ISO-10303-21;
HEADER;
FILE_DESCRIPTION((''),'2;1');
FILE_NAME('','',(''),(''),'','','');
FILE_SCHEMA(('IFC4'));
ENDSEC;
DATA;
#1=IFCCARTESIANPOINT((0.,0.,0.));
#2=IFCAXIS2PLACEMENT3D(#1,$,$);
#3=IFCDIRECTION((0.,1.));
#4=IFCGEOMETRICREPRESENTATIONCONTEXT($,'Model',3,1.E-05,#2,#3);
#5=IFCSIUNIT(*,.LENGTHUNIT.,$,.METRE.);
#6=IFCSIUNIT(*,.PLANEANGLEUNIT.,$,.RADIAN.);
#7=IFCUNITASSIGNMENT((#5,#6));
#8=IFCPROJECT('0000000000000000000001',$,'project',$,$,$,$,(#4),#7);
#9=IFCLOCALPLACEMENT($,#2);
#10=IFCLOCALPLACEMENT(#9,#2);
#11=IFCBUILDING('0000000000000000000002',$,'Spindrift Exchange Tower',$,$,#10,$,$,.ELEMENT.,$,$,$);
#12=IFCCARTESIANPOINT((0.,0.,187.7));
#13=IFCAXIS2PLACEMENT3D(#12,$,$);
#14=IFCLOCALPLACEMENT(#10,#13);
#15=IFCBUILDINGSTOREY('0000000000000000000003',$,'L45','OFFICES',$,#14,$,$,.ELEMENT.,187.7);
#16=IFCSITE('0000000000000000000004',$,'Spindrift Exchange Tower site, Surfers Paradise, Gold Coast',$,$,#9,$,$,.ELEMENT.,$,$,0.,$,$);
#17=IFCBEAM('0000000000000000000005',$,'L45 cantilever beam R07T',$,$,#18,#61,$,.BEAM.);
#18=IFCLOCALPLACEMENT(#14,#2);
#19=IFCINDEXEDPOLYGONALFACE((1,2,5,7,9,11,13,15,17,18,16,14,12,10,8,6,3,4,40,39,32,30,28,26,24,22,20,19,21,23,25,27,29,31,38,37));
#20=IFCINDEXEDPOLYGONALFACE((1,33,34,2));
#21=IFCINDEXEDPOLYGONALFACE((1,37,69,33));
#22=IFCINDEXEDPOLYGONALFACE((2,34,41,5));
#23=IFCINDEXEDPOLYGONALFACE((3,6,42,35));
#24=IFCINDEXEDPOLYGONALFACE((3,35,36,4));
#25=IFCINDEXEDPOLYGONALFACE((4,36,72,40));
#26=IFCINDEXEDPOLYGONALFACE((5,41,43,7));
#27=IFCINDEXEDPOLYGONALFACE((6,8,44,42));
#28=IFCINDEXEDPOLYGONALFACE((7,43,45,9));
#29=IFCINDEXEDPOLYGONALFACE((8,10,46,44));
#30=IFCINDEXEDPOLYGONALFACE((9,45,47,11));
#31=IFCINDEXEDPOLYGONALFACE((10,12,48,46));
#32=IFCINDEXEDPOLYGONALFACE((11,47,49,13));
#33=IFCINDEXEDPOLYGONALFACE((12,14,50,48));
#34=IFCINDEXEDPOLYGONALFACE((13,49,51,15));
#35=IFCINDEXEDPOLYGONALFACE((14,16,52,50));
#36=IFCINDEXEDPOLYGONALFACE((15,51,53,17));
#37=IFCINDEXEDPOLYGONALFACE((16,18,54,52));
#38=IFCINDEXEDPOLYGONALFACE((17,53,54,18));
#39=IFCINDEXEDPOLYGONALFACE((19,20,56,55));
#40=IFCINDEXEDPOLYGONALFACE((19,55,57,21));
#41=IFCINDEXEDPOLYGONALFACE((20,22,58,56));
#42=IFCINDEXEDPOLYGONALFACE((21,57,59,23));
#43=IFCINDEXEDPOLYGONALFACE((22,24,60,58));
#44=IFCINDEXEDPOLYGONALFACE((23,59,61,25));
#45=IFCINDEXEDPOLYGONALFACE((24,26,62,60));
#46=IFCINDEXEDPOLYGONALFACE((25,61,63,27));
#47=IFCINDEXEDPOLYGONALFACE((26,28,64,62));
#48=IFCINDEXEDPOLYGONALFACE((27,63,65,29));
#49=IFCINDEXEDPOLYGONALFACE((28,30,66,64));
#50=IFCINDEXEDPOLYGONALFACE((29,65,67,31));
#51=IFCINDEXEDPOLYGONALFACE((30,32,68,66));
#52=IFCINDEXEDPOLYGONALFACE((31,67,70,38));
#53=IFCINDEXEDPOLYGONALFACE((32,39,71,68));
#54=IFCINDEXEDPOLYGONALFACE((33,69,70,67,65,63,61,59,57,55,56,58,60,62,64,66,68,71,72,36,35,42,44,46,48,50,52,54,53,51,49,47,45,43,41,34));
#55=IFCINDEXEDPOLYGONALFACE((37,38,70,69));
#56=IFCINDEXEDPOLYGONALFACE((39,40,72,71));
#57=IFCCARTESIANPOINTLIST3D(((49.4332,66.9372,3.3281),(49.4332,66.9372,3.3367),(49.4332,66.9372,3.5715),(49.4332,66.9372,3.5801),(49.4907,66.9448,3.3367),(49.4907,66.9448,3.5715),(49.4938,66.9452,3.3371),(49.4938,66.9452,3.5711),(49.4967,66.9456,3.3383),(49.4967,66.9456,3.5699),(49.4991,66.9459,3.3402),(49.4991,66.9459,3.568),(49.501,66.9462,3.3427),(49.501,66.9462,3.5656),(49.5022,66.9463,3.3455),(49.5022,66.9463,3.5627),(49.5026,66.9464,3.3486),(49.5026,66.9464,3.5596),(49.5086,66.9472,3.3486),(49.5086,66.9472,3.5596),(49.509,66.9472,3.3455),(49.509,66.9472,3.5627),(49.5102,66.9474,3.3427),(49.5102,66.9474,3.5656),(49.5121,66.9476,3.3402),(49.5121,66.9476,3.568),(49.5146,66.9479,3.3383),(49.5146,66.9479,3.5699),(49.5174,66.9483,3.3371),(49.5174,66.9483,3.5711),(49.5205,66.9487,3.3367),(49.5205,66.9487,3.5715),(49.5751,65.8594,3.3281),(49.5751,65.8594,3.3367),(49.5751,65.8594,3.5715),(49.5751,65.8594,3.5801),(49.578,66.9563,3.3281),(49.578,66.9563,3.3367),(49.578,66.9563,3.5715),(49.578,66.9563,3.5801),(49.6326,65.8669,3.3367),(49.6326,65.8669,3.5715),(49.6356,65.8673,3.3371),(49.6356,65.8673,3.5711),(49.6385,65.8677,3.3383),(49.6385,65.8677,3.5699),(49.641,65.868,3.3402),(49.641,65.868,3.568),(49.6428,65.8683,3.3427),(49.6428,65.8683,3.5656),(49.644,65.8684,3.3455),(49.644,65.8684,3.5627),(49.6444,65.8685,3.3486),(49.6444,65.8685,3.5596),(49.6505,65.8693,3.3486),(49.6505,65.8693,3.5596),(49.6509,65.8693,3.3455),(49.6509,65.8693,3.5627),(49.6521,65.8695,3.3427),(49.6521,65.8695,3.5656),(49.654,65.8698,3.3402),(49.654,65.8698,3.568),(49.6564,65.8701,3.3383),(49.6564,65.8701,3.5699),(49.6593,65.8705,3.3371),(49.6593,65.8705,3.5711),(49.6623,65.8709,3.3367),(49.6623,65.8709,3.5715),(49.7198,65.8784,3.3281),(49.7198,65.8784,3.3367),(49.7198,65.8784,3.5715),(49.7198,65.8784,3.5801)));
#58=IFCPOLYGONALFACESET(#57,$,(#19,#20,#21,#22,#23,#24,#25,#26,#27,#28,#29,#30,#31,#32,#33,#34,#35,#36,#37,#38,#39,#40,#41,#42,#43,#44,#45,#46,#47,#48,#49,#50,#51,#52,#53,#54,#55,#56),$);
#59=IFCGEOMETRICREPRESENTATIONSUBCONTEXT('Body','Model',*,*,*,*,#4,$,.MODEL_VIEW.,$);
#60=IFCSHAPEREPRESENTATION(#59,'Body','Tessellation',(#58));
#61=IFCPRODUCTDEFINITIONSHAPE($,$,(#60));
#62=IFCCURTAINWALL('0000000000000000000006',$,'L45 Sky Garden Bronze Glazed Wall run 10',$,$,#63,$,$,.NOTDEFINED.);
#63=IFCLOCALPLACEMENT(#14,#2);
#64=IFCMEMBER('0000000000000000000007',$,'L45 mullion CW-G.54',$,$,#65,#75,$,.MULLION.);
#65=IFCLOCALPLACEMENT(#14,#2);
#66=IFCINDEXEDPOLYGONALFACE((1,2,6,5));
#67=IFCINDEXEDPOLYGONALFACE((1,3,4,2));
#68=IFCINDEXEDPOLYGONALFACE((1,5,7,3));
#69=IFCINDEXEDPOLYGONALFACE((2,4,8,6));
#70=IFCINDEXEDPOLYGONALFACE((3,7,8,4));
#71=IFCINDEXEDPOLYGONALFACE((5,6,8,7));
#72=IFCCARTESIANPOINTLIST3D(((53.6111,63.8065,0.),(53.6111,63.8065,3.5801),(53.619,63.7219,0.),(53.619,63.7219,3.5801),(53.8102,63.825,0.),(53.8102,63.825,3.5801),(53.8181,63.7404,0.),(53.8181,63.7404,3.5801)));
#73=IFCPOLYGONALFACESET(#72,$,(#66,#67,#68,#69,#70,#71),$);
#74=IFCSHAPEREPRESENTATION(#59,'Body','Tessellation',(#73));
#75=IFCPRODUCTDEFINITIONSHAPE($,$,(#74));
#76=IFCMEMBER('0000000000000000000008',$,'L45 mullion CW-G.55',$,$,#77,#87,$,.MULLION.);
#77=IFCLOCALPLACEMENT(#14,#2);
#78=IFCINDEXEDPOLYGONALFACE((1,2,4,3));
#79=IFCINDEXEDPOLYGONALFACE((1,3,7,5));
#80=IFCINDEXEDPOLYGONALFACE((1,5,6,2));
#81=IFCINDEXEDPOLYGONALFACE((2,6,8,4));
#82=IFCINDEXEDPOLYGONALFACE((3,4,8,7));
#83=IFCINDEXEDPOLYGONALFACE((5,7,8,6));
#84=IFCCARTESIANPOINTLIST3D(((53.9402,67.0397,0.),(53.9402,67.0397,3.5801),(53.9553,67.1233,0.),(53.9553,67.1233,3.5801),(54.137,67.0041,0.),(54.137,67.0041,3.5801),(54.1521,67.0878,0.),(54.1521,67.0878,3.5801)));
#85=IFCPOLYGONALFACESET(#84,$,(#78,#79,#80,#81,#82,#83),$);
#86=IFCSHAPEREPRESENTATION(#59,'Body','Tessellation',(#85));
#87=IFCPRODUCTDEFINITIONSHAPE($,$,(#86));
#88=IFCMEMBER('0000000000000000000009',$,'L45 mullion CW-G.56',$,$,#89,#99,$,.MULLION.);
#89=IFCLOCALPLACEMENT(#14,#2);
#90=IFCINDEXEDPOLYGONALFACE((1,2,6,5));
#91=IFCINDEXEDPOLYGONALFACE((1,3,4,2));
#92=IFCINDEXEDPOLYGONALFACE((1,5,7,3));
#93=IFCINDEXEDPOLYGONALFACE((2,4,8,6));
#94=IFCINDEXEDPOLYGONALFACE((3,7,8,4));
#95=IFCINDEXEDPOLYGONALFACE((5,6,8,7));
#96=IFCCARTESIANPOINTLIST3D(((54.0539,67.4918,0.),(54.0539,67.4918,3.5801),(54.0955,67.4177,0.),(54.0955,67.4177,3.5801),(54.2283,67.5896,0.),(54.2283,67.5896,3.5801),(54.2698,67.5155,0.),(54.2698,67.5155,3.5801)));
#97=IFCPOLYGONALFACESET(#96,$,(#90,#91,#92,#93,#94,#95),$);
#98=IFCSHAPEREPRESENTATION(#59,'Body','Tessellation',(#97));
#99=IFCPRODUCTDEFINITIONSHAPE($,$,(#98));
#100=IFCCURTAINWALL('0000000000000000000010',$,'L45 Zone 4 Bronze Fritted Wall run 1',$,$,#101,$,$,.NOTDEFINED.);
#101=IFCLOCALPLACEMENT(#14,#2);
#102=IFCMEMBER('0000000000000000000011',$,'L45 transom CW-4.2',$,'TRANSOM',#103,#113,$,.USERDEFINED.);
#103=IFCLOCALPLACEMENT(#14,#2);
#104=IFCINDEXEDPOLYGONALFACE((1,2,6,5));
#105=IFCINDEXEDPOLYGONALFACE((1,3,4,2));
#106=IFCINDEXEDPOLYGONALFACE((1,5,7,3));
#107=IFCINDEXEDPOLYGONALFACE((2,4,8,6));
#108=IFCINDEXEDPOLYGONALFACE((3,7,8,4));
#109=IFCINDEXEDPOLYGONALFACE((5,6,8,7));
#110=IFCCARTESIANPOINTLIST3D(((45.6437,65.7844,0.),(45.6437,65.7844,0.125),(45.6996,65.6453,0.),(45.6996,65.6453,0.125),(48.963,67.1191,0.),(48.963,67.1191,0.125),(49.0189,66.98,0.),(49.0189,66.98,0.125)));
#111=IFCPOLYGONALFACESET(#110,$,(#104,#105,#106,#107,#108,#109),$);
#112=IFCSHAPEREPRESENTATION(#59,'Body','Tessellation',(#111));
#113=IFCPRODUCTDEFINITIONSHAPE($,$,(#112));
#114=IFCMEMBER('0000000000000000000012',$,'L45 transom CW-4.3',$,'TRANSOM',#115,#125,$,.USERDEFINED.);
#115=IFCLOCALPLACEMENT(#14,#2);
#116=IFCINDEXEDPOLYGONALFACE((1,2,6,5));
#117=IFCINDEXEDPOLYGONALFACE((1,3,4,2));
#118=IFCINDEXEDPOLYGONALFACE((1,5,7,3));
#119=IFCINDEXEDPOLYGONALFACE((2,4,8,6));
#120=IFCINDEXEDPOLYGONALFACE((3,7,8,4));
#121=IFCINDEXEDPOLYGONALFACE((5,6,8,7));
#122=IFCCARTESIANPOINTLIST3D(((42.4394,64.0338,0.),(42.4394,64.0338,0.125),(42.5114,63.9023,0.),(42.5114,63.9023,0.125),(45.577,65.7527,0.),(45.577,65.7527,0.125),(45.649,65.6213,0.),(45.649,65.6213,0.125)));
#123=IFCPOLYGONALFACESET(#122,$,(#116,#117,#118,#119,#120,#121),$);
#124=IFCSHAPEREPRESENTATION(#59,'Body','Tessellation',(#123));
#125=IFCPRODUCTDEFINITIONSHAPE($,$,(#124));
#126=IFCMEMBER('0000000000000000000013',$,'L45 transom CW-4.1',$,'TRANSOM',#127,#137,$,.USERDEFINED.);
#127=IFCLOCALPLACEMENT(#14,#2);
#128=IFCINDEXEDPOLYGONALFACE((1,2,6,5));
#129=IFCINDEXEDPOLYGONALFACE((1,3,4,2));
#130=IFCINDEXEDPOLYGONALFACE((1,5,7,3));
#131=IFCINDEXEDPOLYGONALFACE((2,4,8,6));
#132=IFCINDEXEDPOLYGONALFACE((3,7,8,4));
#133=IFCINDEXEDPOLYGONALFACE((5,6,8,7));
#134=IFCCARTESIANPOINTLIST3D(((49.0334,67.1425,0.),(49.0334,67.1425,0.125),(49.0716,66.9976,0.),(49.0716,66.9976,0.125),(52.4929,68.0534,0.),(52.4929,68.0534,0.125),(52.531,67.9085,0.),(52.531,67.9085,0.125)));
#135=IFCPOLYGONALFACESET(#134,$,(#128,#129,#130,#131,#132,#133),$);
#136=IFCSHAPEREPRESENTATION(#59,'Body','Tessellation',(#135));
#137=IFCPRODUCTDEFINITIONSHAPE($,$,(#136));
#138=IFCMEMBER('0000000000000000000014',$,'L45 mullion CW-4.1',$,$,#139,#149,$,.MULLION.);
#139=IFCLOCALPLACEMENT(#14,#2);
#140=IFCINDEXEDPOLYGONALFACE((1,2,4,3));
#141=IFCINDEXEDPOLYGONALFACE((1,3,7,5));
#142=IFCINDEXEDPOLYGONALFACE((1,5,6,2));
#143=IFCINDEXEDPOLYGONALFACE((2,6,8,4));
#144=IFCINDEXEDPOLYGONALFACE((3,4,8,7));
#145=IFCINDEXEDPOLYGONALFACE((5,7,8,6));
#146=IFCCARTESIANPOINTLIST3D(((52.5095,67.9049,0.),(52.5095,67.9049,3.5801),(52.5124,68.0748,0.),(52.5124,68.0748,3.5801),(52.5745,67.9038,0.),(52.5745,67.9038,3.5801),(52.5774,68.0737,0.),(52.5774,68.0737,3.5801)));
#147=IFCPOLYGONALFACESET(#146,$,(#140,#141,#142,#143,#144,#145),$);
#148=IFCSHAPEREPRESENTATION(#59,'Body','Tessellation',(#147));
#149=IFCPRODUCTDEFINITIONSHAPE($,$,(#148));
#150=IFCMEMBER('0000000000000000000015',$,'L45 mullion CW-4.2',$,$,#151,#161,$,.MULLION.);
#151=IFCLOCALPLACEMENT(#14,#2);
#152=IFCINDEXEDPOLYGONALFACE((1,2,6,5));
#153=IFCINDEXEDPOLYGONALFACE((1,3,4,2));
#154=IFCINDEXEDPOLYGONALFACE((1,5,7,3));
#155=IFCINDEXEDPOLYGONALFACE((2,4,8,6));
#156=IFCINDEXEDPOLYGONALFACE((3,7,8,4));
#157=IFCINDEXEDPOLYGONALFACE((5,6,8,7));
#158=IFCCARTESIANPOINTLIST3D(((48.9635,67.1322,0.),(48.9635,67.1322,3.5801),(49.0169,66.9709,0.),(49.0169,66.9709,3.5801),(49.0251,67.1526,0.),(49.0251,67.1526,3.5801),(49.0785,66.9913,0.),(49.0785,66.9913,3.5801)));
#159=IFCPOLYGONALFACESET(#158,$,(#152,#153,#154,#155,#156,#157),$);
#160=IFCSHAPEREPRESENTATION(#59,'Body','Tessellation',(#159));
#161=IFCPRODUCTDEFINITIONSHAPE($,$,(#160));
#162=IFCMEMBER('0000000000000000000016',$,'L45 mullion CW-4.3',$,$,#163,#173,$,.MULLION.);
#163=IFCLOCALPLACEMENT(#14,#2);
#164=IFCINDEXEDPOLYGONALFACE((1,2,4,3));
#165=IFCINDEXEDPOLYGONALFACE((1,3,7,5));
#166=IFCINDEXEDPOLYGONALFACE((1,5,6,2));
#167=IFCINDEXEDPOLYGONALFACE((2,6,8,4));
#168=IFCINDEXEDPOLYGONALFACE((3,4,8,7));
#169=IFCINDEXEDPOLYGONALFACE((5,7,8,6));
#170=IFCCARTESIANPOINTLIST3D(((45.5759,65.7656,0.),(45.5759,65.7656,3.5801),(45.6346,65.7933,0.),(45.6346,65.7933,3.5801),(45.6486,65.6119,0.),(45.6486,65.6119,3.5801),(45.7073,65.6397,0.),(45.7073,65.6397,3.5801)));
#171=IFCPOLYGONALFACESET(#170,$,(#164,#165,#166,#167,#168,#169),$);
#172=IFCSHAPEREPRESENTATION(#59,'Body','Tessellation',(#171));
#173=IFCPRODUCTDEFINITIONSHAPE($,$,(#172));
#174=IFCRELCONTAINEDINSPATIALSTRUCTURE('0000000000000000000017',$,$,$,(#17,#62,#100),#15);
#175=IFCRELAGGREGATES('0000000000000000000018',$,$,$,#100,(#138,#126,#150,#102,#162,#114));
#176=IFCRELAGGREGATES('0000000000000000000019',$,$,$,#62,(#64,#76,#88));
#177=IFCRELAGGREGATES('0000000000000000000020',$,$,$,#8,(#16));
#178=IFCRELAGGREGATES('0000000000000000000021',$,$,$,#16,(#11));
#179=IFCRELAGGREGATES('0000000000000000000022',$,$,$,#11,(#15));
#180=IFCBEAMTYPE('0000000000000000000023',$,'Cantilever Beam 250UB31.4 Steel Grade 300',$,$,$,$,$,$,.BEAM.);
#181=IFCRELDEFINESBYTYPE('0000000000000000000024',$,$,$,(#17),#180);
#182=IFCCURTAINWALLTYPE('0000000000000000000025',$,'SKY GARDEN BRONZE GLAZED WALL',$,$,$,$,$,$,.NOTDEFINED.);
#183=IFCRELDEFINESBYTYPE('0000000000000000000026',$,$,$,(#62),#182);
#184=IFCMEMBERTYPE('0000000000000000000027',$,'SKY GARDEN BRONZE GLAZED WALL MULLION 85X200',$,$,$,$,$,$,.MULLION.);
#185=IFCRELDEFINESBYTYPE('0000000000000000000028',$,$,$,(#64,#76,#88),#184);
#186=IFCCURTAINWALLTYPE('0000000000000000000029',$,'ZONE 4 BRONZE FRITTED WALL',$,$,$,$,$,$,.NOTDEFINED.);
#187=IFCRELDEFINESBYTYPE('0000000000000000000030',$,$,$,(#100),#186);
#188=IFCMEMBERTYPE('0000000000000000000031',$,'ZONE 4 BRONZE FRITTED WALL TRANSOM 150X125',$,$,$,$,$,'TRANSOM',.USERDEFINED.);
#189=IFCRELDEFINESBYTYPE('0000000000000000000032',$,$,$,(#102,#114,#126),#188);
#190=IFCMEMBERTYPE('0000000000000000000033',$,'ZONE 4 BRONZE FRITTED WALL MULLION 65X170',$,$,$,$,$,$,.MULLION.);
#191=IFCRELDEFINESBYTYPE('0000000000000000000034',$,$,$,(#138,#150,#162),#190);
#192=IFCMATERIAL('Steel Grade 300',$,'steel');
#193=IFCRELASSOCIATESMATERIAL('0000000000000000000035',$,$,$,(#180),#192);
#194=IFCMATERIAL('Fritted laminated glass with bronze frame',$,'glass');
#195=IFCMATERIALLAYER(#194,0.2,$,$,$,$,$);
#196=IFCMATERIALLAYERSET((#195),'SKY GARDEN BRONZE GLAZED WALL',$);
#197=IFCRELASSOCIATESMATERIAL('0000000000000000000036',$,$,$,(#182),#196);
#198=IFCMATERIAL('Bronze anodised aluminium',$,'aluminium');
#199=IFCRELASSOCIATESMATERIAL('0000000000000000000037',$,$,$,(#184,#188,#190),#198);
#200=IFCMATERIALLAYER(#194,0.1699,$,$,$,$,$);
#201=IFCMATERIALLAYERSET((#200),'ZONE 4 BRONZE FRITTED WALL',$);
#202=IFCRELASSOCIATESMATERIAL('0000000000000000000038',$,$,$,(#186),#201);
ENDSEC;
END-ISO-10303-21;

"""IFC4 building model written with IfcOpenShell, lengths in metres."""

from ifc_helpers import new_model, si_unit, direction, frame, origin, origin_2d, place, context, subcontext, project, spatial, rectangle, i_section, extrude, source, transform, mapped, material, layer, layer_set, material_profile, profile_set, type_object, element, aggregate, save


model = new_model("IFC4")

# Units and contexts
model_context = context("Model", 3, precision=1e-05, world=origin(), true_north=direction((0.0, 1.0)))
body_context = subcontext(model_context, "Body", "Model", "MODEL_VIEW")
ifc_project = project(units=[si_unit("LENGTHUNIT", "METRE"), si_unit("PLANEANGLEUNIT", "RADIAN")], contexts=[model_context])

# Site, building, storey
site_placement = place(None, origin())
site = spatial("IfcSite", under=ifc_project, at=site_placement, Name="Spindrift Exchange Tower site, Surfers Paradise, Gold Coast", CompositionType="ELEMENT", RefElevation=0.0)
building_placement = place(site_placement, origin())
building = spatial("IfcBuilding", under=site, at=building_placement, Name="Spindrift Exchange Tower", CompositionType="ELEMENT")
storey_placement = place(building_placement, frame((0.0, 0.0, 187.7)))
storey = spatial("IfcBuildingStorey", under=building, at=storey_placement, Name="L45", Description="OFFICES", CompositionType="ELEMENT", Elevation=187.7)

# Beam
ifc_material_1 = material(Name="Steel Grade 300", Category="steel")
ifc_material_profile_1 = material_profile(ifc_material_1, i_section(OverallWidth=0.146, OverallDepth=0.252, WebThickness=0.0061, FlangeThickness=0.0085, FilletRadius=0.012, at=origin_2d()), Name="250UB31.4")
ifc_profile_set_1 = profile_set([ifc_material_profile_1], Name="Steel Grade 300")
beam_type_1 = type_object("IfcBeamType", Name="Cantilever Beam 250UB31.4 Steel Grade 300", PredefinedType="BEAM", material=ifc_profile_set_1)
shared_shape_1 = source(origin(), body_context, "Body", "SweptSolid", [
    extrude(i_section(OverallWidth=0.146, OverallDepth=0.252, WebThickness=0.0061, FlangeThickness=0.0085, FilletRadius=0.012, at=origin_2d()), origin(), (0.0, 0.0, 1.0), 1.0872),
])
beam_1_placement = place(storey_placement, frame((49.6475, 65.8689, 3.4541), z_axis=(-0.130472, 0.991452, 0.0), x_axis=(-0.991452, -0.130472, 0.0)))
element("IfcBeam", 1, at=beam_1_placement, inside=storey, type_object=beam_type_1, Name="L45 cantilever beam R07T", PredefinedType="BEAM", context=body_context, shape_type="MappedRepresentation", body=[
    mapped(shared_shape_1, transform((0.0, 0.0, 0.0), scale=1.0)),
])

# Curtain walls, members
ifc_material_2 = material(Name="Fritted laminated glass with bronze frame", Category="glass")
ifc_layer_1 = layer(ifc_material_2, 0.2)
ifc_layer_set_1 = layer_set([ifc_layer_1], Name="SKY GARDEN BRONZE GLAZED WALL")
curtain_wall_type_1 = type_object("IfcCurtainWallType", Name="SKY GARDEN BRONZE GLAZED WALL", PredefinedType="NOTDEFINED", material=ifc_layer_set_1)
curtain_wall_1_placement = place(storey_placement, origin())
curtain_wall_1 = element("IfcCurtainWall", 2, at=curtain_wall_1_placement, inside=storey, type_object=curtain_wall_type_1, Name="L45 Sky Garden Bronze Glazed Wall run 10", PredefinedType="NOTDEFINED")
ifc_material_3 = material(Name="Bronze anodised aluminium", Category="aluminium")
ifc_material_profile_2 = material_profile(ifc_material_3, rectangle(XDim=0.085, YDim=0.2, at=origin_2d()), Name="SKY GARDEN BRONZE GLAZED WALL MULLION 85X200")
ifc_profile_set_2 = profile_set([ifc_material_profile_2], Name="Bronze anodised aluminium")
member_type_1 = type_object("IfcMemberType", Name="SKY GARDEN BRONZE GLAZED WALL MULLION 85X200", PredefinedType="MULLION", material=ifc_profile_set_2)
shared_shape_2 = source(origin(), body_context, "Body", "SweptSolid", [
    extrude(rectangle(XDim=0.085, YDim=0.2, at=origin_2d()), origin(), (0.0, 0.0, 1.0), 3.5801),
])
member_1_placement = place(storey_placement, frame((53.7146, 63.7734, 0.0), z_axis=(0.0, 0.0, 1.0), x_axis=(-0.092522, 0.995711, 0.0)))
member_1 = element("IfcMember", 3, at=member_1_placement, type_object=member_type_1, Name="L45 mullion CW-G.54", PredefinedType="MULLION", context=body_context, shape_type="MappedRepresentation", body=[
    mapped(shared_shape_2, transform((0.0, 0.0, 0.0), scale=1.0)),
])
member_2_placement = place(storey_placement, frame((54.0461, 67.0637, 0.0), z_axis=(0.0, 0.0, 1.0), x_axis=(0.177721, 0.984081, 0.0)))
member_2 = element("IfcMember", 4, at=member_2_placement, type_object=member_type_1, Name="L45 mullion CW-G.55", PredefinedType="MULLION", context=body_context, shape_type="MappedRepresentation", body=[
    mapped(shared_shape_2, transform((0.0, 0.0, 0.0), scale=1.0)),
])
member_3_placement = place(storey_placement, frame((54.1619, 67.5037, 0.0), z_axis=(0.0, 0.0, 1.0), x_axis=(-0.489237, 0.872151, 0.0)))
member_3 = element("IfcMember", 5, at=member_3_placement, type_object=member_type_1, Name="L45 mullion CW-G.56", PredefinedType="MULLION", context=body_context, shape_type="MappedRepresentation", body=[
    mapped(shared_shape_2, transform((0.0, 0.0, 0.0), scale=1.0)),
])
ifc_layer_2 = layer(ifc_material_2, 0.1699)
ifc_layer_set_2 = layer_set([ifc_layer_2], Name="ZONE 4 BRONZE FRITTED WALL")
curtain_wall_type_2 = type_object("IfcCurtainWallType", Name="ZONE 4 BRONZE FRITTED WALL", PredefinedType="NOTDEFINED", material=ifc_layer_set_2)
curtain_wall_2_placement = place(storey_placement, origin())
curtain_wall_2 = element("IfcCurtainWall", 6, at=curtain_wall_2_placement, inside=storey, type_object=curtain_wall_type_2, Name="L45 Zone 4 Bronze Fritted Wall run 1", PredefinedType="NOTDEFINED")
ifc_material_profile_3 = material_profile(ifc_material_3, rectangle(XDim=0.1499, YDim=0.125, at=origin_2d()), Name="ZONE 4 BRONZE FRITTED WALL TRANSOM 150X125")
ifc_profile_set_3 = profile_set([ifc_material_profile_3], Name="Bronze anodised aluminium")
member_type_2 = type_object("IfcMemberType", Name="ZONE 4 BRONZE FRITTED WALL TRANSOM 150X125", ElementType="TRANSOM", PredefinedType="USERDEFINED", material=ifc_profile_set_3)
shared_shape_3 = source(origin(), body_context, "Body", "SweptSolid", [
    extrude(rectangle(XDim=0.1499, YDim=0.125, at=origin_2d()), origin(), (0.0, 0.0, 1.0), 3.5776),
])
member_4_placement = place(storey_placement, frame((48.991, 67.0496, 0.0625), z_axis=(-0.927802, -0.373073, 0.0), x_axis=(0.373073, -0.927802, 0.0)))
member_4 = element("IfcMember", 7, at=member_4_placement, type_object=member_type_2, Name="L45 transom CW-4.2", ObjectType="TRANSOM", PredefinedType="USERDEFINED", context=body_context, shape_type="MappedRepresentation", body=[
    mapped(shared_shape_3, transform((0.0, 0.0, 0.0), scale=1.0)),
])
member_5_placement = place(storey_placement, frame((45.613, 65.687, 0.0625), z_axis=(-0.87701, -0.480472, 0.0), x_axis=(0.480472, -0.87701, 0.0)))
member_5 = element("IfcMember", 8, at=member_5_placement, type_object=member_type_2, Name="L45 transom CW-4.3", ObjectType="TRANSOM", PredefinedType="USERDEFINED", context=body_context, shape_type="MappedRepresentation", body=[
    mapped(shared_shape_3, transform((0.0, 0.0, 0.0), scale=1.0)),
])
shared_shape_4 = source(origin(), body_context, "Body", "SweptSolid", [
    extrude(rectangle(XDim=0.1499, YDim=0.125, at=origin_2d()), origin(), (0.0, 0.0, 1.0), 3.5774),
])
member_6_placement = place(storey_placement, frame((52.512, 67.981, 0.0625), z_axis=(-0.96704, -0.254624, 0.0), x_axis=(0.254624, -0.96704, 0.0)))
member_6 = element("IfcMember", 9, at=member_6_placement, type_object=member_type_2, Name="L45 transom CW-4.1", ObjectType="TRANSOM", PredefinedType="USERDEFINED", context=body_context, shape_type="MappedRepresentation", body=[
    mapped(shared_shape_4, transform((0.0, 0.0, 0.0), scale=1.0)),
])
ifc_material_profile_4 = material_profile(ifc_material_3, rectangle(XDim=0.0649, YDim=0.1699, at=origin_2d()), Name="ZONE 4 BRONZE FRITTED WALL MULLION 65X170")
ifc_profile_set_4 = profile_set([ifc_material_profile_4], Name="Bronze anodised aluminium")
member_type_3 = type_object("IfcMemberType", Name="ZONE 4 BRONZE FRITTED WALL MULLION 65X170", PredefinedType="MULLION", material=ifc_profile_set_4)
shared_shape_5 = source(origin(), body_context, "Body", "SweptSolid", [
    extrude(rectangle(XDim=0.0649, YDim=0.1699, at=origin_2d()), origin(), (0.0, 0.0, 1.0), 3.5801),
])
member_7_placement = place(storey_placement, frame((52.5435, 67.9893, 0.0), z_axis=(0.0, 0.0, 1.0), x_axis=(-0.999855, 0.017012, 0.0)))
member_7 = element("IfcMember", 10, at=member_7_placement, type_object=member_type_3, Name="L45 mullion CW-4.1", PredefinedType="MULLION", context=body_context, shape_type="MappedRepresentation", body=[
    mapped(shared_shape_5, transform((0.0, 0.0, 0.0), scale=1.0)),
])
member_8_placement = place(storey_placement, frame((49.021, 67.0618, 0.0), z_axis=(0.0, 0.0, 1.0), x_axis=(-0.949261, -0.314488, 0.0)))
member_8 = element("IfcMember", 11, at=member_8_placement, type_object=member_type_3, Name="L45 mullion CW-4.2", PredefinedType="MULLION", context=body_context, shape_type="MappedRepresentation", body=[
    mapped(shared_shape_5, transform((0.0, 0.0, 0.0), scale=1.0)),
])
member_9_placement = place(storey_placement, frame((45.6416, 65.7026, 0.0), z_axis=(0.0, 0.0, 1.0), x_axis=(-0.90399, -0.427553, 0.0)))
member_9 = element("IfcMember", 12, at=member_9_placement, type_object=member_type_3, Name="L45 mullion CW-4.3", PredefinedType="MULLION", context=body_context, shape_type="MappedRepresentation", body=[
    mapped(shared_shape_5, transform((0.0, 0.0, 0.0), scale=1.0)),
])

aggregate(curtain_wall_2, [member_7, member_6, member_8, member_4, member_9, member_5])
aggregate(curtain_wall_1, [member_1, member_2, member_3])

save(model, "model.ifc")
